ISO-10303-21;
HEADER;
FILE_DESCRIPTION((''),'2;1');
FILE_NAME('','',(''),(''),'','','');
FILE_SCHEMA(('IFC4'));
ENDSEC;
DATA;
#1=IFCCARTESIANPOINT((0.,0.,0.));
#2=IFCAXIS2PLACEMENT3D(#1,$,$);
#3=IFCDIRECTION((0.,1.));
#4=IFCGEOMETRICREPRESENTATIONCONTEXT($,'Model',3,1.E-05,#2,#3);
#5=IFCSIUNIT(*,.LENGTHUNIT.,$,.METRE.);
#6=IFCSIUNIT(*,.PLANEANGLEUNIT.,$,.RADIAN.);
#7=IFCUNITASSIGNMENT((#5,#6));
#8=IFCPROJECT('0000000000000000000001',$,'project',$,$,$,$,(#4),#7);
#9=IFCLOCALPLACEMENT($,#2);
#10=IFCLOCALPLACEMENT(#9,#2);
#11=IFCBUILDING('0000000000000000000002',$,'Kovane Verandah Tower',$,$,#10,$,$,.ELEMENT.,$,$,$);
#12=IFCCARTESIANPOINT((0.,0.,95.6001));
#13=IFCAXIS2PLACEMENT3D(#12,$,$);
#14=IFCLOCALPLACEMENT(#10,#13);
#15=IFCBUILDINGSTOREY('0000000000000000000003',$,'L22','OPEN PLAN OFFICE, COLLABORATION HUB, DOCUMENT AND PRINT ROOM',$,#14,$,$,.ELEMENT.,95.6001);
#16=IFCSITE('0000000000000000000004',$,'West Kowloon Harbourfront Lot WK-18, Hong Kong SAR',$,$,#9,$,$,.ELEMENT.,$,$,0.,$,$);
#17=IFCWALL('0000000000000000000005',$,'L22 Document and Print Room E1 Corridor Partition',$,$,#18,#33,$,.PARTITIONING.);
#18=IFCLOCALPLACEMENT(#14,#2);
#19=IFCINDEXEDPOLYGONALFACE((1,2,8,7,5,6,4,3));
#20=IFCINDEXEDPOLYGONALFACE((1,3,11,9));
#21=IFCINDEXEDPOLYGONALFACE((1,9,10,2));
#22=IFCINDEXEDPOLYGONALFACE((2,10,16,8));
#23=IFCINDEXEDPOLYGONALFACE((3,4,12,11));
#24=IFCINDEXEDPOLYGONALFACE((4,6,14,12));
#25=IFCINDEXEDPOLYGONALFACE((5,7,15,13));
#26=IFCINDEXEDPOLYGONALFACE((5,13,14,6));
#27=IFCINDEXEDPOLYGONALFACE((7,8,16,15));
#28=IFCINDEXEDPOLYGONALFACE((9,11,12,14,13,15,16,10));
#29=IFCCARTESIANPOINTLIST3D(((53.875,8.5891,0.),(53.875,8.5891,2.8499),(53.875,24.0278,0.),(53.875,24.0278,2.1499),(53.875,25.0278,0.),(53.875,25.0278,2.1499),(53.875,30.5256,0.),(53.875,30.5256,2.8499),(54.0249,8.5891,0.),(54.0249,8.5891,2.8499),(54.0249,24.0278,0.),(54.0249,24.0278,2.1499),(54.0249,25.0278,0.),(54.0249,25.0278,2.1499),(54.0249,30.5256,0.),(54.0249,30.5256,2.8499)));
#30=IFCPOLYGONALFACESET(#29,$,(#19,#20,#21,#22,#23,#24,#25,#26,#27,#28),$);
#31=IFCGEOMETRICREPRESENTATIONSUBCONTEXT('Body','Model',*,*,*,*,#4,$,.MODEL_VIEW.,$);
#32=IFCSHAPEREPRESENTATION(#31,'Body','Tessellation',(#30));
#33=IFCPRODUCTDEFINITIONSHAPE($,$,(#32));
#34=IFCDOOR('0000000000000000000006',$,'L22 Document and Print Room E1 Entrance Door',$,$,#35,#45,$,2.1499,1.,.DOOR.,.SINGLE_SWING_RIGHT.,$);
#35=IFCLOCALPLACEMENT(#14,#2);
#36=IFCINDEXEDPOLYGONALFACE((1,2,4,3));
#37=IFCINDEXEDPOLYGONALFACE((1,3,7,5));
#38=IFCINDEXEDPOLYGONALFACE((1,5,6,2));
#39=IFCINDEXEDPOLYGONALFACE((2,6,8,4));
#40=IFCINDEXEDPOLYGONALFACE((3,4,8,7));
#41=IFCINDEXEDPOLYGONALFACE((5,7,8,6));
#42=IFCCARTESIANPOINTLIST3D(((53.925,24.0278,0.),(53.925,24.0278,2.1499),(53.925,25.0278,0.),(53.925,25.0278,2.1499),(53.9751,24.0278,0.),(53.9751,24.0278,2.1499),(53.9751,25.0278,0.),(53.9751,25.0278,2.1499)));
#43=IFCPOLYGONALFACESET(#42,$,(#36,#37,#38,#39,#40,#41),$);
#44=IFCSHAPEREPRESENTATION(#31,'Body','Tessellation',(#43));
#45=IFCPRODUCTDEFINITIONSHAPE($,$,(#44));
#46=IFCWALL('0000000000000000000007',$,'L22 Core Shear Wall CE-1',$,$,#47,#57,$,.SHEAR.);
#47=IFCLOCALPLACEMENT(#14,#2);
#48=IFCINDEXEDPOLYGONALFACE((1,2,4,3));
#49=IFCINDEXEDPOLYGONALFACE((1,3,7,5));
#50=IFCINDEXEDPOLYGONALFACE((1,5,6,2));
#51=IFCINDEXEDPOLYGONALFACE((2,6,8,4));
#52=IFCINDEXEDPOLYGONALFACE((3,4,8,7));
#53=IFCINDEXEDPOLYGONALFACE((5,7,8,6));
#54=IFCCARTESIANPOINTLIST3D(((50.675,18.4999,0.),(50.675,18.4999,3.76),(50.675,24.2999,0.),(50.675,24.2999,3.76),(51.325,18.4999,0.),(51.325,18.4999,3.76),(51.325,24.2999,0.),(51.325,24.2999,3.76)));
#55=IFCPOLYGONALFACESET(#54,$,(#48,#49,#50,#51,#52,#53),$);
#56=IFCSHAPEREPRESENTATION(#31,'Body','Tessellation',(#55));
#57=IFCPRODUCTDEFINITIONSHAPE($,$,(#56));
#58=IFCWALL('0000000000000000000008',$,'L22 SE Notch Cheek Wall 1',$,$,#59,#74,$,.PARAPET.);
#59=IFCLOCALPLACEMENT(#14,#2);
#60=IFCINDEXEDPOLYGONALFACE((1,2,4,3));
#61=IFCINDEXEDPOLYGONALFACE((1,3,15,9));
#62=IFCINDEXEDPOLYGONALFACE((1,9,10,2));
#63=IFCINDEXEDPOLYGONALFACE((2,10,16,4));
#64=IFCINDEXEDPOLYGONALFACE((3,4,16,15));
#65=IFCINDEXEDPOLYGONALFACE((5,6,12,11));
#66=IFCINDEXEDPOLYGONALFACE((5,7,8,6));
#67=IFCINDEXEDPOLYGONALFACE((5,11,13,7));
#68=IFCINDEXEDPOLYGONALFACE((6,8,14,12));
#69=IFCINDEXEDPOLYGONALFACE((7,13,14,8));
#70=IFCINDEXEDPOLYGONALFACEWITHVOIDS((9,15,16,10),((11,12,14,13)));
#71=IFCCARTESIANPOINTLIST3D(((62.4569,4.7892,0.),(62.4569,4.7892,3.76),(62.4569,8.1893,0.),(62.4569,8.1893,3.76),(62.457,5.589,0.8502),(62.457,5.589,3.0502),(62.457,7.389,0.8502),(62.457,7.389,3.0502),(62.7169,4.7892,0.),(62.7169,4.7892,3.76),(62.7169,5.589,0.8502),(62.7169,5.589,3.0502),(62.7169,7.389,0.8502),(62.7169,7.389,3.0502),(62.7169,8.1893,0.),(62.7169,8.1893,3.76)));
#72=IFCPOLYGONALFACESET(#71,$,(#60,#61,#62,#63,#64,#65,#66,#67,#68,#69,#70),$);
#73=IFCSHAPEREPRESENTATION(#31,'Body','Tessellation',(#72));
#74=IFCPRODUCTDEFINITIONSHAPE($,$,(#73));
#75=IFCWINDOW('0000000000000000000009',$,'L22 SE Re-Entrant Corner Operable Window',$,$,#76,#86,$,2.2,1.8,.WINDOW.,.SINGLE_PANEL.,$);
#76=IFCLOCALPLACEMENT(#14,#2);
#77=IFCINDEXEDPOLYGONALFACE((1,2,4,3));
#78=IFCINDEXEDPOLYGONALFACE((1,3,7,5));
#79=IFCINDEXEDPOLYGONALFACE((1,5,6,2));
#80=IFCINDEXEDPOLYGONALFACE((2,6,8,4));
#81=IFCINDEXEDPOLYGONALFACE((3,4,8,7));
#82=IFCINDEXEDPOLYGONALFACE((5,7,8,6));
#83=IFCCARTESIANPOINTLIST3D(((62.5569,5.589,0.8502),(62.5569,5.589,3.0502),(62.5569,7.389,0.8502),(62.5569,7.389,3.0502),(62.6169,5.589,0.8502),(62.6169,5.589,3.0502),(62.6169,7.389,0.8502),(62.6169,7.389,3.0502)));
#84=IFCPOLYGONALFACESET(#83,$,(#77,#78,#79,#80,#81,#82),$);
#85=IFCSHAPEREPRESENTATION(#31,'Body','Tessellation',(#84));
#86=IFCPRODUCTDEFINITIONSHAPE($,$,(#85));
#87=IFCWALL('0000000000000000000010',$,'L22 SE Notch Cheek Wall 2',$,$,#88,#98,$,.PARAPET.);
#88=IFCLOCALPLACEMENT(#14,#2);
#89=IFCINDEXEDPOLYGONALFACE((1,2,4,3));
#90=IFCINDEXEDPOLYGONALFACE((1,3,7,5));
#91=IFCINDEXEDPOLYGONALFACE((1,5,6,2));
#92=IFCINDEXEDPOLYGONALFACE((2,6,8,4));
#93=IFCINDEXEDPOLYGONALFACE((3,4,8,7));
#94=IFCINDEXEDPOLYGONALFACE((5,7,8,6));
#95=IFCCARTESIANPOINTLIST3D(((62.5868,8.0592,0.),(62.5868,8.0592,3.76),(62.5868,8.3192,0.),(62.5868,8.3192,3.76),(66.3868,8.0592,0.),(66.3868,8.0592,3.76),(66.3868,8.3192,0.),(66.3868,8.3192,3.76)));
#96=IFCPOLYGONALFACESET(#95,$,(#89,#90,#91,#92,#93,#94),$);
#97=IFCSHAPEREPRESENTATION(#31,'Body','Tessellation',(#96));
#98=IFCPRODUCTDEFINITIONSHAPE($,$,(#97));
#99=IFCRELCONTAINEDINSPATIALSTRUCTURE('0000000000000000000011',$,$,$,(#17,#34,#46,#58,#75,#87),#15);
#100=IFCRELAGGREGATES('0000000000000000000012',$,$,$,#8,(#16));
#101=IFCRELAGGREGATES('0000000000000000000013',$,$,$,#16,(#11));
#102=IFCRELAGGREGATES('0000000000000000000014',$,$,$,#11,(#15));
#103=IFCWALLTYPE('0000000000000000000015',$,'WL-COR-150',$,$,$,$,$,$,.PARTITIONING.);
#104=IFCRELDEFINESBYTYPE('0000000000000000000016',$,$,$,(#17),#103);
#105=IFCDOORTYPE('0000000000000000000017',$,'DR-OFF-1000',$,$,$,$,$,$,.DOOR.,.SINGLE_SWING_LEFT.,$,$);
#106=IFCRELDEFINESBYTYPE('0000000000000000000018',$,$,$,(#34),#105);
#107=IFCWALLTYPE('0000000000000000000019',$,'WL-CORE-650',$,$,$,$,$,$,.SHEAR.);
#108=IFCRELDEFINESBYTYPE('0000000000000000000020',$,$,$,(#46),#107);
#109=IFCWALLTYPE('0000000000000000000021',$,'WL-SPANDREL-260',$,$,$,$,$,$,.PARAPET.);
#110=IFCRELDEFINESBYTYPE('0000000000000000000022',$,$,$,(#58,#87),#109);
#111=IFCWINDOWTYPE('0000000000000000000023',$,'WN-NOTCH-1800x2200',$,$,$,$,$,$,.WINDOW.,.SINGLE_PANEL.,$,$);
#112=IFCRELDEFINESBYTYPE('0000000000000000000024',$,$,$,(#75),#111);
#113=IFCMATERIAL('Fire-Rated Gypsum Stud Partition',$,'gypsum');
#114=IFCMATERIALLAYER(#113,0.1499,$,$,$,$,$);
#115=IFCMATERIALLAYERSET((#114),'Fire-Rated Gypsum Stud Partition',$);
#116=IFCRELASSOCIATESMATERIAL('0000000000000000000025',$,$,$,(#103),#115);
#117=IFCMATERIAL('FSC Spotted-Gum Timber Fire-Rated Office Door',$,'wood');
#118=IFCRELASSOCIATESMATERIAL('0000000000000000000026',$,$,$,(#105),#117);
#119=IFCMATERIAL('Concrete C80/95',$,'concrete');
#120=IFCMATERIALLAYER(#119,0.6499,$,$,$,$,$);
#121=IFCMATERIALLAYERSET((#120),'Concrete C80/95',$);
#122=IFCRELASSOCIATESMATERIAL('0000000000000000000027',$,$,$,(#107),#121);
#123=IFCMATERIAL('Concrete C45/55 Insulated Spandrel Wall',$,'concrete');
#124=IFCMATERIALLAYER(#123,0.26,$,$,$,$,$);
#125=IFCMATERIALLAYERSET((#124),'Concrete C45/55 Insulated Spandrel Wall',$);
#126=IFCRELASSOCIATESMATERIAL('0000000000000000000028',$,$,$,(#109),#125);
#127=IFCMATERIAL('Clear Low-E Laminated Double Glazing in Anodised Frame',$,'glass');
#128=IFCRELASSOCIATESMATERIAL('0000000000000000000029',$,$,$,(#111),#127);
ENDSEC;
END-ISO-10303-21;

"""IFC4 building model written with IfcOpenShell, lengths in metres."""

from ifc_helpers import new_model, si_unit, direction, frame, frame_2d, origin, place, context, subcontext, project, spatial, rectangle, extrude, material, layer, layer_set, type_object, element, fill, save


model = new_model("IFC4")

# Units and contexts
model_context = context("Model", 3, precision=1e-05, world=origin(), true_north=direction((0.0, 1.0)))
body_context = subcontext(model_context, "Body", "Model", "MODEL_VIEW")
ifc_project = project(units=[si_unit("LENGTHUNIT", "METRE"), si_unit("PLANEANGLEUNIT", "RADIAN")], contexts=[model_context])

# Site, building, storey
site_placement = place(None, origin())
site = spatial("IfcSite", under=ifc_project, at=site_placement, Name="West Kowloon Harbourfront Lot WK-18, Hong Kong SAR", CompositionType="ELEMENT", RefElevation=0.0)
building_placement = place(site_placement, origin())
building = spatial("IfcBuilding", under=site, at=building_placement, Name="Kovane Verandah Tower", CompositionType="ELEMENT")
storey_placement = place(building_placement, frame((0.0, 0.0, 95.6001)))
storey = spatial("IfcBuildingStorey", under=building, at=storey_placement, Name="L22", Description="OPEN PLAN OFFICE, COLLABORATION HUB, DOCUMENT AND PRINT ROOM", CompositionType="ELEMENT", Elevation=95.6001)

# Shared definitions
ifc_material_1 = material(Name="Concrete C80/95", Category="concrete")

# Wall, opening, door
ifc_material_2 = material(Name="Fire-Rated Gypsum Stud Partition", Category="gypsum")
ifc_layer_1 = layer(ifc_material_2, 0.1499)
ifc_layer_set_1 = layer_set([ifc_layer_1], Name="Fire-Rated Gypsum Stud Partition")
wall_type_1 = type_object("IfcWallType", Name="WL-COR-150", PredefinedType="PARTITIONING", material=ifc_layer_set_1)
ifc_material_3 = material(Name="FSC Spotted-Gum Timber Fire-Rated Office Door", Category="wood")
door_type_1 = type_object("IfcDoorType", Name="DR-OFF-1000", OperationType="SINGLE_SWING_LEFT", PredefinedType="DOOR", material=ifc_material_3)
wall_1_placement = place(storey_placement, frame((53.95, 8.5891, 0.0), z_axis=(0.0, 0.0, 1.0), x_axis=(0.0, 1.0, 0.0)))
wall_1 = element("IfcWall", 1, at=wall_1_placement, inside=storey, type_object=wall_type_1, Name="L22 Document and Print Room E1 Corridor Partition", PredefinedType="PARTITIONING", context=body_context, shape_type="SweptSolid", body=[
    extrude(rectangle(XDim=21.9365, YDim=0.1499, at=frame_2d((10.9683, 0.0))), origin(), (0.0, 0.0, 1.0), 2.8499),
])
opening_1_placement = place(wall_1_placement, frame((15.4387, 0.0, 0.0)))
opening_1 = element("IfcOpeningElement", 2, at=opening_1_placement, cuts=wall_1, PredefinedType="OPENING", context=body_context, shape_type="SweptSolid", body=[
    extrude(rectangle(XDim=1.0, YDim=2.1499, at=frame_2d((0.5, 1.075))), frame((0.0, 0.075, 0.0), z_axis=(0.0, -1.0, 0.0), x_axis=(1.0, 0.0, 0.0)), (0.0, 0.0, 1.0), 0.1499),
])
door_1_placement = place(opening_1_placement, origin())
door_1 = element("IfcDoor", 3, at=door_1_placement, inside=storey, type_object=door_type_1, Name="L22 Document and Print Room E1 Entrance Door", OperationType="SINGLE_SWING_RIGHT", OverallHeight=2.1499, OverallWidth=1.0, PredefinedType="DOOR", context=body_context, shape_type="SweptSolid", body=[
    extrude(rectangle(XDim=1.0, YDim=2.1499, at=frame_2d((0.5, 1.075))), frame((0.0, 0.0249, 0.0), z_axis=(0.0, -1.0, 0.0), x_axis=(1.0, 0.0, 0.0)), (0.0, 0.0, 1.0), 0.05),
])
fill(opening_1, door_1)

# Wall
ifc_layer_2 = layer(ifc_material_1, 0.6499)
ifc_layer_set_2 = layer_set([ifc_layer_2], Name="Concrete C80/95")
wall_type_2 = type_object("IfcWallType", Name="WL-CORE-650", PredefinedType="SHEAR", material=ifc_layer_set_2)
wall_2_placement = place(storey_placement, frame((51.0, 18.5, 0.0), z_axis=(0.0, 0.0, 1.0), x_axis=(0.0, 1.0, 0.0)))
element("IfcWall", 4, at=wall_2_placement, inside=storey, type_object=wall_type_2, Name="L22 Core Shear Wall CE-1", PredefinedType="SHEAR", context=body_context, shape_type="SweptSolid", body=[
    extrude(rectangle(XDim=5.8, YDim=0.6499, at=frame_2d((2.8999, 0.0))), origin(), (0.0, 0.0, 1.0), 3.76),
])

# Shared definitions
ifc_material_4 = material(Name="Concrete C45/55 Insulated Spandrel Wall", Category="concrete")
ifc_layer_3 = layer(ifc_material_4, 0.26)
ifc_layer_set_3 = layer_set([ifc_layer_3], Name="Concrete C45/55 Insulated Spandrel Wall")
wall_type_3 = type_object("IfcWallType", Name="WL-SPANDREL-260", PredefinedType="PARAPET", material=ifc_layer_set_3)
ifc_material_5 = material(Name="Clear Low-E Laminated Double Glazing in Anodised Frame", Category="glass")
window_type = type_object("IfcWindowType", Name="WN-NOTCH-1800x2200", PartitioningType="SINGLE_PANEL", PredefinedType="WINDOW", material=ifc_material_5)

# Wall, opening, window
wall_3_placement = place(storey_placement, frame((62.5869, 4.7891, 0.0), z_axis=(0.0, 0.0, 1.0), x_axis=(0.0, 1.0, 0.0)))
wall_3 = element("IfcWall", 5, at=wall_3_placement, inside=storey, type_object=wall_type_3, Name="L22 SE Notch Cheek Wall 1", PredefinedType="PARAPET", context=body_context, shape_type="SweptSolid", body=[
    extrude(rectangle(XDim=3.4001, YDim=0.26, at=frame_2d((1.7002, 0.0))), origin(), (0.0, 0.0, 1.0), 3.76),
])
opening_2_placement = place(wall_3_placement, frame((0.8, 0.0, 0.8501)))
opening_2 = element("IfcOpeningElement", 6, at=opening_2_placement, cuts=wall_3, PredefinedType="OPENING", context=body_context, shape_type="SweptSolid", body=[
    extrude(rectangle(XDim=1.8, YDim=2.2, at=frame_2d((0.8999, 1.1001))), frame((0.0, 0.1299, 0.0), z_axis=(0.0, -1.0, 0.0), x_axis=(1.0, 0.0, 0.0)), (0.0, 0.0, 1.0), 0.26),
])
window_1_placement = place(opening_2_placement, origin())
window_1 = element("IfcWindow", 7, at=window_1_placement, inside=storey, type_object=window_type, Name="L22 SE Re-Entrant Corner Operable Window", OverallHeight=2.2, OverallWidth=1.8, PartitioningType="SINGLE_PANEL", PredefinedType="WINDOW", context=body_context, shape_type="SweptSolid", body=[
    extrude(rectangle(XDim=1.8, YDim=2.2, at=frame_2d((0.8999, 1.1001))), frame((0.0, 0.03, 0.0), z_axis=(0.0, -1.0, 0.0), x_axis=(1.0, 0.0, 0.0)), (0.0, 0.0, 1.0), 0.0601),
])
fill(opening_2, window_1)

# Wall
wall_4_placement = place(storey_placement, frame((62.5869, 8.1892, 0.0), z_axis=(0.0, 0.0, 1.0), x_axis=(1.0, 0.0, 0.0)))
element("IfcWall", 8, at=wall_4_placement, inside=storey, type_object=wall_type_3, Name="L22 SE Notch Cheek Wall 2", PredefinedType="PARAPET", context=body_context, shape_type="SweptSolid", body=[
    extrude(rectangle(XDim=3.8, YDim=0.26, at=frame_2d((1.8999, 0.0))), origin(), (0.0, 0.0, 1.0), 3.76),
])

save(model, "model.ifc")
